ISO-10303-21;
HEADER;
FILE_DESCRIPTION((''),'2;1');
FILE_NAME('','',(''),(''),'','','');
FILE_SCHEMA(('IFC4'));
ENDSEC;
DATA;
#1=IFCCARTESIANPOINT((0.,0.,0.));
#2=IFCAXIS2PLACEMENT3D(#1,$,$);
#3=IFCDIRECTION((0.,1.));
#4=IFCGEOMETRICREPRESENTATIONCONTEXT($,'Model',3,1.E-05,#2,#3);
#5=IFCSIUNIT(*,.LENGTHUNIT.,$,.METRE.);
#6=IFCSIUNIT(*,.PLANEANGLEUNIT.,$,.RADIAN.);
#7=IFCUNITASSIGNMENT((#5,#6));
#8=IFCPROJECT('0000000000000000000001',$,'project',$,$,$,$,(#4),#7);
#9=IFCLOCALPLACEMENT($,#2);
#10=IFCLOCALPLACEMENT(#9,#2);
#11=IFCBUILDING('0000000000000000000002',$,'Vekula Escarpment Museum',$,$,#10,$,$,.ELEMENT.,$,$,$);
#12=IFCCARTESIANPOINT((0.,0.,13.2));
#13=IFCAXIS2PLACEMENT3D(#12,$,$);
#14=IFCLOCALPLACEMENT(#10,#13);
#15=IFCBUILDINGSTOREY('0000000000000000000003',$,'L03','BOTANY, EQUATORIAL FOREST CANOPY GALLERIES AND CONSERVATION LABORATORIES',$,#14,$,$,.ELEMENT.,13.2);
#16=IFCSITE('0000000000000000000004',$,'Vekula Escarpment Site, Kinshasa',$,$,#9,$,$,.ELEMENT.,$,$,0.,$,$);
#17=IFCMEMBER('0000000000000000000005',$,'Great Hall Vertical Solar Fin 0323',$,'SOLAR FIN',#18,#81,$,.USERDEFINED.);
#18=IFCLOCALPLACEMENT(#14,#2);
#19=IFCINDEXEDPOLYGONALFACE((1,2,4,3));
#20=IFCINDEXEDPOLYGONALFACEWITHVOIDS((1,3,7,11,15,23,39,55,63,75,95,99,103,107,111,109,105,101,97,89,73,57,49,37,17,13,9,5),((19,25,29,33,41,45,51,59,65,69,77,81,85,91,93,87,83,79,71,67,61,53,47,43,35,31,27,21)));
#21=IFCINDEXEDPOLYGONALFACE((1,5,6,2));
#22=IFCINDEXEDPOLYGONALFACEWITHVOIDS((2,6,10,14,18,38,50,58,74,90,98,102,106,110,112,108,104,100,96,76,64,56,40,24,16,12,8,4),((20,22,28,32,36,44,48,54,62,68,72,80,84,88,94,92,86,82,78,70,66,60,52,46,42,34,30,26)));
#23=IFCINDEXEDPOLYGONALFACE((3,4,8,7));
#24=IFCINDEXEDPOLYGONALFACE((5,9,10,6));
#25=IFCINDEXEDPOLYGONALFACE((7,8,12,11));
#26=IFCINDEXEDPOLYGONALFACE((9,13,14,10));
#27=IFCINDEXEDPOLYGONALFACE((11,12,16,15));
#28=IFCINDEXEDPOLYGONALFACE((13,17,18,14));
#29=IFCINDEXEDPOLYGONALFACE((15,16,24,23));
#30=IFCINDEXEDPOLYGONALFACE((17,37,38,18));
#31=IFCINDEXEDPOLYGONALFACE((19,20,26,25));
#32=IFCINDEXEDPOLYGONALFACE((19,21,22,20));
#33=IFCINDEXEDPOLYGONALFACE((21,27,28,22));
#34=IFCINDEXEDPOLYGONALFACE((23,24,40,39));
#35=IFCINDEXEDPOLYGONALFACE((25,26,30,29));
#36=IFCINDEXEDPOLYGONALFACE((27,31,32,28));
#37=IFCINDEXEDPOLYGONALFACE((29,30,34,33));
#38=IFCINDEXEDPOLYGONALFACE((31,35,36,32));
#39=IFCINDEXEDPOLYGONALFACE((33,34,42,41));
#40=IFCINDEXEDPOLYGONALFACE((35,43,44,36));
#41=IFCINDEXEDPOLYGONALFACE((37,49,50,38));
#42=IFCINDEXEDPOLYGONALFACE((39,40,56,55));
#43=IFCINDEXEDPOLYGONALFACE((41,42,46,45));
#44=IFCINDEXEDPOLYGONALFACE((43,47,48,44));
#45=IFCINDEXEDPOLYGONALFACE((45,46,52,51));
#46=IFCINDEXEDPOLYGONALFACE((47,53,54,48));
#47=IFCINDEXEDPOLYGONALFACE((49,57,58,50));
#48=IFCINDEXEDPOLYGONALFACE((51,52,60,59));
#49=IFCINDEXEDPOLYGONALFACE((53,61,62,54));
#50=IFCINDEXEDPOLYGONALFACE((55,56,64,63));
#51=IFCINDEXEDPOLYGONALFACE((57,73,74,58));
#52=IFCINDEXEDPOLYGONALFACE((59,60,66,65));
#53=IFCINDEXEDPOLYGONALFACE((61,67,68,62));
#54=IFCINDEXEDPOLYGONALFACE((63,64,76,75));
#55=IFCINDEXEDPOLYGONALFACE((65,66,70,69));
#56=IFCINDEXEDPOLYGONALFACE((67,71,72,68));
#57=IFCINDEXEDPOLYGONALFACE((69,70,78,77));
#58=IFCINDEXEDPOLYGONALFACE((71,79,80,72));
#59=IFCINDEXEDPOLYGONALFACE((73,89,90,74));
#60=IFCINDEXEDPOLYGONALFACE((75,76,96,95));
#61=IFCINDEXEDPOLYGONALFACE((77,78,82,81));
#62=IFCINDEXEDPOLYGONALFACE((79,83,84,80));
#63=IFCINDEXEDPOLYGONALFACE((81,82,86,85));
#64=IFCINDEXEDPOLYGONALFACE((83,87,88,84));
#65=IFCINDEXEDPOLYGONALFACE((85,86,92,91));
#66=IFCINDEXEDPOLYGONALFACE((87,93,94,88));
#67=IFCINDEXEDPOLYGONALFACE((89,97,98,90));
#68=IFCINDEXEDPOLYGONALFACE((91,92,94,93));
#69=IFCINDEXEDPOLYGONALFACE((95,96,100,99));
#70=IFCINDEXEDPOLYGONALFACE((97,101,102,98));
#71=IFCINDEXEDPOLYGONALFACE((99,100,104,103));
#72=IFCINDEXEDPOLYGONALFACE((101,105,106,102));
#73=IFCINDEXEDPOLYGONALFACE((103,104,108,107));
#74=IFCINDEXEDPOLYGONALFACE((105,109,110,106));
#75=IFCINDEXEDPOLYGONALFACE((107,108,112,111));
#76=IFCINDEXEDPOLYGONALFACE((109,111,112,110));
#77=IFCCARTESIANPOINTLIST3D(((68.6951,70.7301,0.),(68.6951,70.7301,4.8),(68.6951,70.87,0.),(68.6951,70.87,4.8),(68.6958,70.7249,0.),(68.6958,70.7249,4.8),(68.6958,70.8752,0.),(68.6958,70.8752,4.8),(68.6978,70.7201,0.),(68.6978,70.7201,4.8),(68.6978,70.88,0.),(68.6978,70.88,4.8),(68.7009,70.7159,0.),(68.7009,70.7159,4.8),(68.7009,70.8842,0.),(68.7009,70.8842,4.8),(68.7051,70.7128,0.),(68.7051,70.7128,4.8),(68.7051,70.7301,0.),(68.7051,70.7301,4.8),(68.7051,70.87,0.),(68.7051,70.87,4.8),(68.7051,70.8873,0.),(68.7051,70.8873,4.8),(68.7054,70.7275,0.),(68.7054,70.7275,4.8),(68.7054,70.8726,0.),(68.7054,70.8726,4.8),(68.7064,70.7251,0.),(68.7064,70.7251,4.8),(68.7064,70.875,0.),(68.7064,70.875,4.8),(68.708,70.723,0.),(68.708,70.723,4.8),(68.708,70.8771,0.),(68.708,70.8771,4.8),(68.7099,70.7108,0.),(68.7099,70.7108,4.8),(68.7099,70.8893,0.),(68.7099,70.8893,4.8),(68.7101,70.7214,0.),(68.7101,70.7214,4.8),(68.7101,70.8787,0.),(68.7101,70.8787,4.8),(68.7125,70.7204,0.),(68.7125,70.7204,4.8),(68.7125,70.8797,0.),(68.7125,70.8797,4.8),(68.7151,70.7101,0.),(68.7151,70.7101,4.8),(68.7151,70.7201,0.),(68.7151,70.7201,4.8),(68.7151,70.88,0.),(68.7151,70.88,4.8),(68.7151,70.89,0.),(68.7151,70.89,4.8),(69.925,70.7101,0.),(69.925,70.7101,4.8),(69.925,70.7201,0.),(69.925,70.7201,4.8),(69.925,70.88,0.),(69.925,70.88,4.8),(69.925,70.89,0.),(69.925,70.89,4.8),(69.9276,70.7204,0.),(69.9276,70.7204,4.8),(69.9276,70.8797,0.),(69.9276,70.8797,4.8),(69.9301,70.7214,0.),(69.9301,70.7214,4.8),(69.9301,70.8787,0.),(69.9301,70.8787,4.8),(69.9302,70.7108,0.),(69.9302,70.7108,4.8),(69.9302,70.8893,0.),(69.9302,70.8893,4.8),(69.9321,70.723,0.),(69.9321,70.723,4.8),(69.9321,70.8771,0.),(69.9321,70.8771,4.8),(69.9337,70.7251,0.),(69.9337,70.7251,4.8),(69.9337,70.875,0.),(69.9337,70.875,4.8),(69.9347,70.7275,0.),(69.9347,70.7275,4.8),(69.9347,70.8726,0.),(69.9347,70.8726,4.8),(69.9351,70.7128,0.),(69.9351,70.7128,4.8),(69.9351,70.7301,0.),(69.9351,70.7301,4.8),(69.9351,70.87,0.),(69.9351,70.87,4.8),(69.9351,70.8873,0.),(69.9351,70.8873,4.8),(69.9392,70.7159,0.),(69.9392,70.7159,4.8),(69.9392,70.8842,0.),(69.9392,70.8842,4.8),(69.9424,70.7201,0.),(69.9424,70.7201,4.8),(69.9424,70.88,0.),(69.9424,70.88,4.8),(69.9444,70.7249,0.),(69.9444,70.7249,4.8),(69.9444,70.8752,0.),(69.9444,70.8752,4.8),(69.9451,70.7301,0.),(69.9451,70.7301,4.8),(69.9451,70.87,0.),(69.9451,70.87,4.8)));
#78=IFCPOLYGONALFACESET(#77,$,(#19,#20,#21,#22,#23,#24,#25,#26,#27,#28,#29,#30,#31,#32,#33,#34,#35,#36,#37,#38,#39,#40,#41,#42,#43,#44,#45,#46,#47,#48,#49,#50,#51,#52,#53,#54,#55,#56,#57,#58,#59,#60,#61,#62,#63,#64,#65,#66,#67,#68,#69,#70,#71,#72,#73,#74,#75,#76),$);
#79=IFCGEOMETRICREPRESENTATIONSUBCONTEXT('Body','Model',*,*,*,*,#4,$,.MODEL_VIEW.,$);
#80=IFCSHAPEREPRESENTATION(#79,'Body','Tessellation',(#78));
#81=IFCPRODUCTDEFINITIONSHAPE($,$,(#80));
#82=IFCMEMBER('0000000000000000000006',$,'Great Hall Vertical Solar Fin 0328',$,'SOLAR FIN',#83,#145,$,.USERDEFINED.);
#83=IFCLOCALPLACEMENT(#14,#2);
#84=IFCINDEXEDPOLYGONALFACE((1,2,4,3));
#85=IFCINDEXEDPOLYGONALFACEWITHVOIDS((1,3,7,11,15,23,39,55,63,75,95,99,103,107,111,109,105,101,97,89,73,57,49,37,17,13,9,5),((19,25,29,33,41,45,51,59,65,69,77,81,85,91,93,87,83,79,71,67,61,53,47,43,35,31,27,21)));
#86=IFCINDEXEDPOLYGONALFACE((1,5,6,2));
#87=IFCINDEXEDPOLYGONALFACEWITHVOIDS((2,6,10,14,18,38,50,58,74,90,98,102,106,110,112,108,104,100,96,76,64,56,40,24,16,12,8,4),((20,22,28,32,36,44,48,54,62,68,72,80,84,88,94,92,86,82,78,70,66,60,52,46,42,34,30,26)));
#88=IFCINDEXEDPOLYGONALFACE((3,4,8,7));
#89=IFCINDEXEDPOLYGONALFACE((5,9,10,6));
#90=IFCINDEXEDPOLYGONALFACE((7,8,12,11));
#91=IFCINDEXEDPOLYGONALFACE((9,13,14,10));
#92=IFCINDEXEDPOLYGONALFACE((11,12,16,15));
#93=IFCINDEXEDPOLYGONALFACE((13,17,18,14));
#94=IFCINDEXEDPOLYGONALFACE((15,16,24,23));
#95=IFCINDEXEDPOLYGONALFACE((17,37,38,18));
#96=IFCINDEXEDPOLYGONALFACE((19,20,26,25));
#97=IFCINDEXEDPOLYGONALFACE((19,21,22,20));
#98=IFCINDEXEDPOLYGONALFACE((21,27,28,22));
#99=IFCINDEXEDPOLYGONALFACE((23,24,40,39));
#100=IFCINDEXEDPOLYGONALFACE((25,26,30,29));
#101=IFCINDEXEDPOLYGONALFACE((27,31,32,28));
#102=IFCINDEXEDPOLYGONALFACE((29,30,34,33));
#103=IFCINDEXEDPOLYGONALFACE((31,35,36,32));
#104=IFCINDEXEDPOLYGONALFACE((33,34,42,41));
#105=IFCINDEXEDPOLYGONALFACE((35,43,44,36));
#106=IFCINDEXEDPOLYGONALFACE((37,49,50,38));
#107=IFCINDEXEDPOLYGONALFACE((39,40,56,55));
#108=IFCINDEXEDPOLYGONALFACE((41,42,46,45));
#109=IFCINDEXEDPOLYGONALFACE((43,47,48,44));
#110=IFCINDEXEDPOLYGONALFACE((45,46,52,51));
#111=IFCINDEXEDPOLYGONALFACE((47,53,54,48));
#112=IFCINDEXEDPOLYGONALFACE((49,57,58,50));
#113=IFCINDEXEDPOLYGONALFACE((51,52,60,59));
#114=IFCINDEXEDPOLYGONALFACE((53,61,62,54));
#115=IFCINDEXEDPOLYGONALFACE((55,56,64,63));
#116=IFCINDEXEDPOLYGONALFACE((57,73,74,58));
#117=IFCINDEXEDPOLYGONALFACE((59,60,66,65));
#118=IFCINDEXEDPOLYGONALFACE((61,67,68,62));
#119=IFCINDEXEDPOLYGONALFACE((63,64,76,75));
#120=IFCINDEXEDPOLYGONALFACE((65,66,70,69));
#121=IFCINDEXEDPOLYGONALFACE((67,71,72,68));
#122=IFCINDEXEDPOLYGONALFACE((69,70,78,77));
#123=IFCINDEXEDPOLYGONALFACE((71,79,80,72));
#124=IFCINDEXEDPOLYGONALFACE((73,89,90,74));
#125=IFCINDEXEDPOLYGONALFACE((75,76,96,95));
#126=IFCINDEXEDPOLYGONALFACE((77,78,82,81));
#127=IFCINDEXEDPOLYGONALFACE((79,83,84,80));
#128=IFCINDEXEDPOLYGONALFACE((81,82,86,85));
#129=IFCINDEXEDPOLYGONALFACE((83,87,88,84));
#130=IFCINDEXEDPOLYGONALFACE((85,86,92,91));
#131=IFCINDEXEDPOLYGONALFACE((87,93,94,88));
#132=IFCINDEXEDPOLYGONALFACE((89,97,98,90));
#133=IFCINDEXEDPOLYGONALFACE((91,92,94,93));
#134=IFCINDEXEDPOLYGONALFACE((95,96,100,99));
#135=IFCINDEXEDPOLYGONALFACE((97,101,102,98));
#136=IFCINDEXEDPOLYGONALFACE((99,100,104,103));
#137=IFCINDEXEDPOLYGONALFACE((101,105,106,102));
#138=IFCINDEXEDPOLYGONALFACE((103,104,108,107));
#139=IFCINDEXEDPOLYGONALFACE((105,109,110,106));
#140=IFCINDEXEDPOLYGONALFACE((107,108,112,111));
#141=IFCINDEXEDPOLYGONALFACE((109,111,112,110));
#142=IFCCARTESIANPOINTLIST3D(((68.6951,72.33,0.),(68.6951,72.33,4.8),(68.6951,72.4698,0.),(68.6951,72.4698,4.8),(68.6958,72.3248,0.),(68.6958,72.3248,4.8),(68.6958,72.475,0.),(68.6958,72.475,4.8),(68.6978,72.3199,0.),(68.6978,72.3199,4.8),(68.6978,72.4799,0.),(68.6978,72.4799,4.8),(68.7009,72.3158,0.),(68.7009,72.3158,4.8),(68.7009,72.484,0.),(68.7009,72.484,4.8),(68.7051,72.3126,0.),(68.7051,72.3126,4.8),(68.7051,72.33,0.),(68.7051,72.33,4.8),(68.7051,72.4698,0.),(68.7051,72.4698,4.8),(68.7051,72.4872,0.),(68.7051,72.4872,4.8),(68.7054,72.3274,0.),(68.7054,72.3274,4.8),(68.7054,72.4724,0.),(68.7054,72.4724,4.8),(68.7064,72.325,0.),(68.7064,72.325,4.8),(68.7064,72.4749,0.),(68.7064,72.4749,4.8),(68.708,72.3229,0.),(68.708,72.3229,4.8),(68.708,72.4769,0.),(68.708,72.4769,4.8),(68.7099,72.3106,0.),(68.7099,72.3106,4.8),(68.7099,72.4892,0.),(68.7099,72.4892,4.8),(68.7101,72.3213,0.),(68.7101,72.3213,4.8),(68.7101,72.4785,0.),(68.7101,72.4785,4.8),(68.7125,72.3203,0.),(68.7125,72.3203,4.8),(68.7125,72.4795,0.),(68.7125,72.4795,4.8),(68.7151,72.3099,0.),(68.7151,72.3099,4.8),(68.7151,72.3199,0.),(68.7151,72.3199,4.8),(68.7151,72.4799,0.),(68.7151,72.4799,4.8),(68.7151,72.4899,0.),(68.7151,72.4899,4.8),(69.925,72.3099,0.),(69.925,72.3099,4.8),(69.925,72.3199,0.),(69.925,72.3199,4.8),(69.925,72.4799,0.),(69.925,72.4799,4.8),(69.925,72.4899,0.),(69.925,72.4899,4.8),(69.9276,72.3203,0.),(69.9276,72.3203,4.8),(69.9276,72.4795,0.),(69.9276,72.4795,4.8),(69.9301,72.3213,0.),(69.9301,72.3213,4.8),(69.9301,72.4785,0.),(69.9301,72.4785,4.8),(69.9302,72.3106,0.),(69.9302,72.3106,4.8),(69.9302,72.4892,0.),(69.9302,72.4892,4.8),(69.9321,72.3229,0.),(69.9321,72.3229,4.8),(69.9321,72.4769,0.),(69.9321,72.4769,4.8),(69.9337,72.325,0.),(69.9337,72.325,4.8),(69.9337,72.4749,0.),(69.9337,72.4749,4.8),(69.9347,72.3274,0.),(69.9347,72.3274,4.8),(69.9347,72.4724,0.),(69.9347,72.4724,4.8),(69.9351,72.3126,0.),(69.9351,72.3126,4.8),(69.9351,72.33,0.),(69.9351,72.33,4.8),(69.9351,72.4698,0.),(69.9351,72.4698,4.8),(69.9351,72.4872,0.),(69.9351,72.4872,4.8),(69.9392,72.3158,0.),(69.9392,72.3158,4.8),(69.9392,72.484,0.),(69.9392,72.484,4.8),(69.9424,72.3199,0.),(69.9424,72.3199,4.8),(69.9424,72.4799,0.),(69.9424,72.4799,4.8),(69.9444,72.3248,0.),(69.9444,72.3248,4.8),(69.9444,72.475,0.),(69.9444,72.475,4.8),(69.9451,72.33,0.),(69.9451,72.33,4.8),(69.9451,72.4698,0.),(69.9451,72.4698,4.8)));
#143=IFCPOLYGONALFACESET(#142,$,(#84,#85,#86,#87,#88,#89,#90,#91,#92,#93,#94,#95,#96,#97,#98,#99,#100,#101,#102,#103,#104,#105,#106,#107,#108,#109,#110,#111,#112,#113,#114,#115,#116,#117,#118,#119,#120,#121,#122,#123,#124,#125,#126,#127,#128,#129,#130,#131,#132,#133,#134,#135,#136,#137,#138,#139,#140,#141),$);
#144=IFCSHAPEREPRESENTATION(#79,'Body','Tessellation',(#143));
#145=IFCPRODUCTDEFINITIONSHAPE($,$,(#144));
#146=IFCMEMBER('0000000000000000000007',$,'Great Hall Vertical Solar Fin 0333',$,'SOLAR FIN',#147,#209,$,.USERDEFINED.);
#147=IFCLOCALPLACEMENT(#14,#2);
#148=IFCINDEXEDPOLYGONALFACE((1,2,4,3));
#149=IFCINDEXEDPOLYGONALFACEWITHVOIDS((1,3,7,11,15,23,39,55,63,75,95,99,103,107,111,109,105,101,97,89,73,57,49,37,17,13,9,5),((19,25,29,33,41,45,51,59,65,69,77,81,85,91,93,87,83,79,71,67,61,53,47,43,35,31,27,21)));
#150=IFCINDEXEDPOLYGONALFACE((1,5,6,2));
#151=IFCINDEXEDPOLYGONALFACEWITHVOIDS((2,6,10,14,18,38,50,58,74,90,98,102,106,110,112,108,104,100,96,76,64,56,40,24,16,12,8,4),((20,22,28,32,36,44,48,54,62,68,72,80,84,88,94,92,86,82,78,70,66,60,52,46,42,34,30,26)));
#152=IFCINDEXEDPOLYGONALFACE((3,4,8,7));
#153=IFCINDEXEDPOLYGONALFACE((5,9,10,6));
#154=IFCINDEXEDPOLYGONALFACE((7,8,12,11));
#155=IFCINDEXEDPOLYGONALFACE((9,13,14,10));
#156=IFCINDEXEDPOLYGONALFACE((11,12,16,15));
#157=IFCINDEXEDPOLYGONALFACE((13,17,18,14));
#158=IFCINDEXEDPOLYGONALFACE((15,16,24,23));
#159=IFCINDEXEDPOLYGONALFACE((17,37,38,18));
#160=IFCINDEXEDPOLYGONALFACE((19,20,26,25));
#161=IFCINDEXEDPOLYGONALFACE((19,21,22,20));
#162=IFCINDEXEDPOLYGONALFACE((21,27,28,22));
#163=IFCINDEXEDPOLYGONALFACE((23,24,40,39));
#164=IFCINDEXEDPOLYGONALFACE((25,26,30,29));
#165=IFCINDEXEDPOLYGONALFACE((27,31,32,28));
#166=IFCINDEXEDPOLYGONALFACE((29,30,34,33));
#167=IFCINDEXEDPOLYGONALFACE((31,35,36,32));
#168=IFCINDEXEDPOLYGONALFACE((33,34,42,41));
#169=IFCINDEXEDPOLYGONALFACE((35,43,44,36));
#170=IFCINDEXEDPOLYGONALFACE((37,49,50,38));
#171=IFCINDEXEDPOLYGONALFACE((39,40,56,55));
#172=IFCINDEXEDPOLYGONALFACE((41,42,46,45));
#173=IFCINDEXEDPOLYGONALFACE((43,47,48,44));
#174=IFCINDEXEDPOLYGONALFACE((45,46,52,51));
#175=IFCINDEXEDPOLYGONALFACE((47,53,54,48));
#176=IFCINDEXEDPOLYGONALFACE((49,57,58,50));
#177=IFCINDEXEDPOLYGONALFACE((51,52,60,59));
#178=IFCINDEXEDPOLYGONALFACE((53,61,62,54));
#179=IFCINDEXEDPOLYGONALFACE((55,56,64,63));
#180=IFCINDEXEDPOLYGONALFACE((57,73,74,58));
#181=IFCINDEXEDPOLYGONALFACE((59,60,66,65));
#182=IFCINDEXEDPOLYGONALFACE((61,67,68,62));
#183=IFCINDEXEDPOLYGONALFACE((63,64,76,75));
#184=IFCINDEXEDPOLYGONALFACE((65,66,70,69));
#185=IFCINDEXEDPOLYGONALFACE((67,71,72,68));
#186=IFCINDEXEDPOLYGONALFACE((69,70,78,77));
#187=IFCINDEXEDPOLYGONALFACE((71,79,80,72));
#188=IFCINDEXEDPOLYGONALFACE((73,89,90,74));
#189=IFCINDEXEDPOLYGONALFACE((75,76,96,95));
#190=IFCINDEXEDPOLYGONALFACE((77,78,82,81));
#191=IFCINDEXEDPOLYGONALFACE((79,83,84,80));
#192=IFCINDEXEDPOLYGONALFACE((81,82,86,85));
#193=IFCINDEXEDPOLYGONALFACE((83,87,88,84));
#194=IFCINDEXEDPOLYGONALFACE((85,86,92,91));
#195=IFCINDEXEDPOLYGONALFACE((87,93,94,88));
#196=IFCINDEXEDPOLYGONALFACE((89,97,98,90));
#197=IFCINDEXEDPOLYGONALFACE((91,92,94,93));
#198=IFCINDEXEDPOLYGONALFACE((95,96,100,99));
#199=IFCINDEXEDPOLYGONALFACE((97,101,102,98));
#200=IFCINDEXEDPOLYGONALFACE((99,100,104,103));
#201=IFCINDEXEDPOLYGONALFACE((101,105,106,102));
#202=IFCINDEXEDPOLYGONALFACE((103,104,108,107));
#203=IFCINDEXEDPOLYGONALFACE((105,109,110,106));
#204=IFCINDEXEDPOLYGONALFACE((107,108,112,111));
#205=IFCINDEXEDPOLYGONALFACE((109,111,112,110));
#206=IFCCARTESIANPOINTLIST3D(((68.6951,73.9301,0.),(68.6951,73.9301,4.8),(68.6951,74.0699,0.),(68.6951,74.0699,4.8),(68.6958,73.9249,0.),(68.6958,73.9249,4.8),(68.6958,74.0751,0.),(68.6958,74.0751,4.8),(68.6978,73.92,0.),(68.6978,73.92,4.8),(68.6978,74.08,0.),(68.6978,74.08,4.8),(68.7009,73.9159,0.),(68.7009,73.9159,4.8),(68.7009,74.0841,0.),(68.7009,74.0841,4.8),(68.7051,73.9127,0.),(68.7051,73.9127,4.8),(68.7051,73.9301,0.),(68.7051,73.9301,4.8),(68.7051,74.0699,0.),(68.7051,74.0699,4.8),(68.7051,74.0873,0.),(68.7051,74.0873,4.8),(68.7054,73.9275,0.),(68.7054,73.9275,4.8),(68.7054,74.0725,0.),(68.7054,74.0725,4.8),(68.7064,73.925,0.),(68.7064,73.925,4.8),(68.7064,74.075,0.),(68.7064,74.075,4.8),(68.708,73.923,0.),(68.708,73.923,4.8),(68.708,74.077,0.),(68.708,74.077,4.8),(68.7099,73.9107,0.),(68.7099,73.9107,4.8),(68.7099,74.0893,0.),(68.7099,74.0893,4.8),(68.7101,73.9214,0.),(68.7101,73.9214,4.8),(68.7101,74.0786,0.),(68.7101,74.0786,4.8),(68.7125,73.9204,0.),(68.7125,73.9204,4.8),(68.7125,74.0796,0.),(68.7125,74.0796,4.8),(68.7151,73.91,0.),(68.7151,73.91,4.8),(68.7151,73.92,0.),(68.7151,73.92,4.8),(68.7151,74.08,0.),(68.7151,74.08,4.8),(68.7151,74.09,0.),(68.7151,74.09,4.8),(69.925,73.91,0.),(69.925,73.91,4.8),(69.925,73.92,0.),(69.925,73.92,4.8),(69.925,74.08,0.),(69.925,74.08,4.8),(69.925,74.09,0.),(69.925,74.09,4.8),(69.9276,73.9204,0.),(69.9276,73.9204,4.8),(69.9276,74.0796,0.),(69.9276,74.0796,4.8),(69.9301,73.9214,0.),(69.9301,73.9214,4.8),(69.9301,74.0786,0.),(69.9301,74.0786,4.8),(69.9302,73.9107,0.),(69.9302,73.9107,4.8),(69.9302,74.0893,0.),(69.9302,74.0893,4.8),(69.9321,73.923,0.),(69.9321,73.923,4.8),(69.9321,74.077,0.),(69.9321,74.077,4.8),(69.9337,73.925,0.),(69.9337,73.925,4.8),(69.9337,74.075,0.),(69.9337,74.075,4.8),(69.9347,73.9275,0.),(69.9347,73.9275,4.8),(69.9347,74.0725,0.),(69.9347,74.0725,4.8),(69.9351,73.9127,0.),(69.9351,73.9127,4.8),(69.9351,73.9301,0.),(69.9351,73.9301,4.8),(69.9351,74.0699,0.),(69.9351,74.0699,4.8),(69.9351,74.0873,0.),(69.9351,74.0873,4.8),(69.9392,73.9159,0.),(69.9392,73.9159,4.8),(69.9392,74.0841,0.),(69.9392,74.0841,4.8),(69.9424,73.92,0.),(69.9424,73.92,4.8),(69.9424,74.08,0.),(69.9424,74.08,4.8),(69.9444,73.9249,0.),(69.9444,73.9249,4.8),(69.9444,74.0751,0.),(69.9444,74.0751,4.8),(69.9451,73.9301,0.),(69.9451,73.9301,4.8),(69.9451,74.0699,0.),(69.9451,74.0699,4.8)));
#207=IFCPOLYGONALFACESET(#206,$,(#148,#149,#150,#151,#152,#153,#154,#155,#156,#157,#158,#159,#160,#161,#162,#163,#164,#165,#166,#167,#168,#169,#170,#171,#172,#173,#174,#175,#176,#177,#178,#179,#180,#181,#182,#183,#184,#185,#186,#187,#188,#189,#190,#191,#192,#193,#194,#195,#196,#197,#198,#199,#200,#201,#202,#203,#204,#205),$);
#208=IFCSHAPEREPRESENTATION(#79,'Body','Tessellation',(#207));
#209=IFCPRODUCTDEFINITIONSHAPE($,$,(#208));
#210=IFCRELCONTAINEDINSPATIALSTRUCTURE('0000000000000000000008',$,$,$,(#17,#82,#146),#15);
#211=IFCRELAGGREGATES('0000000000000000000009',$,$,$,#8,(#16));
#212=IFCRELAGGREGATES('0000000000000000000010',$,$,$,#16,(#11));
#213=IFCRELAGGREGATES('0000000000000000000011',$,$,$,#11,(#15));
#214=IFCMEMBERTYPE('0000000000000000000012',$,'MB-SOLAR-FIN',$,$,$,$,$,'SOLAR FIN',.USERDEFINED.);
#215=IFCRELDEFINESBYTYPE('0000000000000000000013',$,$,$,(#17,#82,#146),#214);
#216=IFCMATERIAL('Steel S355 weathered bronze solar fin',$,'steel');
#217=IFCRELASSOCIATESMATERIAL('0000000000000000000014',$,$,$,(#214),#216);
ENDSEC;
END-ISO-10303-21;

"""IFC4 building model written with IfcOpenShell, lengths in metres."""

from ifc_helpers import new_model, si_unit, direction, frame, origin, origin_2d, place, context, subcontext, project, spatial, hollow_rectangle, extrude, material, material_profile, profile_set, type_object, element, save


model = new_model("IFC4")

# Units and contexts
model_context = context("Model", 3, precision=1e-05, world=origin(), true_north=direction((0.0, 1.0)))
body_context = subcontext(model_context, "Body", "Model", "MODEL_VIEW")
ifc_project = project(units=[si_unit("LENGTHUNIT", "METRE"), si_unit("PLANEANGLEUNIT", "RADIAN")], contexts=[model_context])

# Site, building, storey
site_placement = place(None, origin())
site = spatial("IfcSite", under=ifc_project, at=site_placement, Name="Vekula Escarpment Site, Kinshasa", CompositionType="ELEMENT", RefElevation=0.0)
building_placement = place(site_placement, origin())
building = spatial("IfcBuilding", under=site, at=building_placement, Name="Vekula Escarpment Museum", CompositionType="ELEMENT")
storey_placement = place(building_placement, frame((0.0, 0.0, 13.2)))
storey = spatial("IfcBuildingStorey", under=building, at=storey_placement, Name="L03", Description="BOTANY, EQUATORIAL FOREST CANOPY GALLERIES AND CONSERVATION LABORATORIES", CompositionType="ELEMENT", Elevation=13.2)

# Members
ifc_material_1 = material(Name="Steel S355 weathered bronze solar fin", Category="steel")
ifc_material_profile_1 = material_profile(ifc_material_1, hollow_rectangle(XDim=0.1799, YDim=1.25, WallThickness=0.01, InnerFilletRadius=0.01, OuterFilletRadius=0.02, at=origin_2d()), Name="RHS 1250x180x10")
ifc_profile_set_1 = profile_set([ifc_material_profile_1], Name="Steel S355 weathered bronze solar fin")
member_type = type_object("IfcMemberType", Name="MB-SOLAR-FIN", ElementType="SOLAR FIN", PredefinedType="USERDEFINED", material=ifc_profile_set_1)
for number, where, z_axis, x_axis, name in (
    (1, (69.3201, 70.8, 0.0), (0.0, 0.0, 1.0), (0.0, 1.0, 0.0), "Great Hall Vertical Solar Fin 0323"),
    (2, (69.3201, 72.3999, 0.0), (0.0, 0.0, 1.0), (0.0, 1.0, 0.0), "Great Hall Vertical Solar Fin 0328"),
    (3, (69.3201, 74.0, 0.0), (0.0, 0.0, 1.0), (0.0, 1.0, 0.0), "Great Hall Vertical Solar Fin 0333"),
):
    element("IfcMember", number, at=place(storey_placement, frame(where, z_axis=z_axis, x_axis=x_axis)), inside=storey, type_object=member_type, Name=name, ObjectType="SOLAR FIN", PredefinedType="USERDEFINED", context=body_context, shape_type="SweptSolid", body=[
        extrude(hollow_rectangle(XDim=0.1799, YDim=1.25, WallThickness=0.01, InnerFilletRadius=0.01, OuterFilletRadius=0.02, at=origin_2d()), origin(), (0.0, 0.0, 1.0), 4.8),
    ])

save(model, "model.ifc")
